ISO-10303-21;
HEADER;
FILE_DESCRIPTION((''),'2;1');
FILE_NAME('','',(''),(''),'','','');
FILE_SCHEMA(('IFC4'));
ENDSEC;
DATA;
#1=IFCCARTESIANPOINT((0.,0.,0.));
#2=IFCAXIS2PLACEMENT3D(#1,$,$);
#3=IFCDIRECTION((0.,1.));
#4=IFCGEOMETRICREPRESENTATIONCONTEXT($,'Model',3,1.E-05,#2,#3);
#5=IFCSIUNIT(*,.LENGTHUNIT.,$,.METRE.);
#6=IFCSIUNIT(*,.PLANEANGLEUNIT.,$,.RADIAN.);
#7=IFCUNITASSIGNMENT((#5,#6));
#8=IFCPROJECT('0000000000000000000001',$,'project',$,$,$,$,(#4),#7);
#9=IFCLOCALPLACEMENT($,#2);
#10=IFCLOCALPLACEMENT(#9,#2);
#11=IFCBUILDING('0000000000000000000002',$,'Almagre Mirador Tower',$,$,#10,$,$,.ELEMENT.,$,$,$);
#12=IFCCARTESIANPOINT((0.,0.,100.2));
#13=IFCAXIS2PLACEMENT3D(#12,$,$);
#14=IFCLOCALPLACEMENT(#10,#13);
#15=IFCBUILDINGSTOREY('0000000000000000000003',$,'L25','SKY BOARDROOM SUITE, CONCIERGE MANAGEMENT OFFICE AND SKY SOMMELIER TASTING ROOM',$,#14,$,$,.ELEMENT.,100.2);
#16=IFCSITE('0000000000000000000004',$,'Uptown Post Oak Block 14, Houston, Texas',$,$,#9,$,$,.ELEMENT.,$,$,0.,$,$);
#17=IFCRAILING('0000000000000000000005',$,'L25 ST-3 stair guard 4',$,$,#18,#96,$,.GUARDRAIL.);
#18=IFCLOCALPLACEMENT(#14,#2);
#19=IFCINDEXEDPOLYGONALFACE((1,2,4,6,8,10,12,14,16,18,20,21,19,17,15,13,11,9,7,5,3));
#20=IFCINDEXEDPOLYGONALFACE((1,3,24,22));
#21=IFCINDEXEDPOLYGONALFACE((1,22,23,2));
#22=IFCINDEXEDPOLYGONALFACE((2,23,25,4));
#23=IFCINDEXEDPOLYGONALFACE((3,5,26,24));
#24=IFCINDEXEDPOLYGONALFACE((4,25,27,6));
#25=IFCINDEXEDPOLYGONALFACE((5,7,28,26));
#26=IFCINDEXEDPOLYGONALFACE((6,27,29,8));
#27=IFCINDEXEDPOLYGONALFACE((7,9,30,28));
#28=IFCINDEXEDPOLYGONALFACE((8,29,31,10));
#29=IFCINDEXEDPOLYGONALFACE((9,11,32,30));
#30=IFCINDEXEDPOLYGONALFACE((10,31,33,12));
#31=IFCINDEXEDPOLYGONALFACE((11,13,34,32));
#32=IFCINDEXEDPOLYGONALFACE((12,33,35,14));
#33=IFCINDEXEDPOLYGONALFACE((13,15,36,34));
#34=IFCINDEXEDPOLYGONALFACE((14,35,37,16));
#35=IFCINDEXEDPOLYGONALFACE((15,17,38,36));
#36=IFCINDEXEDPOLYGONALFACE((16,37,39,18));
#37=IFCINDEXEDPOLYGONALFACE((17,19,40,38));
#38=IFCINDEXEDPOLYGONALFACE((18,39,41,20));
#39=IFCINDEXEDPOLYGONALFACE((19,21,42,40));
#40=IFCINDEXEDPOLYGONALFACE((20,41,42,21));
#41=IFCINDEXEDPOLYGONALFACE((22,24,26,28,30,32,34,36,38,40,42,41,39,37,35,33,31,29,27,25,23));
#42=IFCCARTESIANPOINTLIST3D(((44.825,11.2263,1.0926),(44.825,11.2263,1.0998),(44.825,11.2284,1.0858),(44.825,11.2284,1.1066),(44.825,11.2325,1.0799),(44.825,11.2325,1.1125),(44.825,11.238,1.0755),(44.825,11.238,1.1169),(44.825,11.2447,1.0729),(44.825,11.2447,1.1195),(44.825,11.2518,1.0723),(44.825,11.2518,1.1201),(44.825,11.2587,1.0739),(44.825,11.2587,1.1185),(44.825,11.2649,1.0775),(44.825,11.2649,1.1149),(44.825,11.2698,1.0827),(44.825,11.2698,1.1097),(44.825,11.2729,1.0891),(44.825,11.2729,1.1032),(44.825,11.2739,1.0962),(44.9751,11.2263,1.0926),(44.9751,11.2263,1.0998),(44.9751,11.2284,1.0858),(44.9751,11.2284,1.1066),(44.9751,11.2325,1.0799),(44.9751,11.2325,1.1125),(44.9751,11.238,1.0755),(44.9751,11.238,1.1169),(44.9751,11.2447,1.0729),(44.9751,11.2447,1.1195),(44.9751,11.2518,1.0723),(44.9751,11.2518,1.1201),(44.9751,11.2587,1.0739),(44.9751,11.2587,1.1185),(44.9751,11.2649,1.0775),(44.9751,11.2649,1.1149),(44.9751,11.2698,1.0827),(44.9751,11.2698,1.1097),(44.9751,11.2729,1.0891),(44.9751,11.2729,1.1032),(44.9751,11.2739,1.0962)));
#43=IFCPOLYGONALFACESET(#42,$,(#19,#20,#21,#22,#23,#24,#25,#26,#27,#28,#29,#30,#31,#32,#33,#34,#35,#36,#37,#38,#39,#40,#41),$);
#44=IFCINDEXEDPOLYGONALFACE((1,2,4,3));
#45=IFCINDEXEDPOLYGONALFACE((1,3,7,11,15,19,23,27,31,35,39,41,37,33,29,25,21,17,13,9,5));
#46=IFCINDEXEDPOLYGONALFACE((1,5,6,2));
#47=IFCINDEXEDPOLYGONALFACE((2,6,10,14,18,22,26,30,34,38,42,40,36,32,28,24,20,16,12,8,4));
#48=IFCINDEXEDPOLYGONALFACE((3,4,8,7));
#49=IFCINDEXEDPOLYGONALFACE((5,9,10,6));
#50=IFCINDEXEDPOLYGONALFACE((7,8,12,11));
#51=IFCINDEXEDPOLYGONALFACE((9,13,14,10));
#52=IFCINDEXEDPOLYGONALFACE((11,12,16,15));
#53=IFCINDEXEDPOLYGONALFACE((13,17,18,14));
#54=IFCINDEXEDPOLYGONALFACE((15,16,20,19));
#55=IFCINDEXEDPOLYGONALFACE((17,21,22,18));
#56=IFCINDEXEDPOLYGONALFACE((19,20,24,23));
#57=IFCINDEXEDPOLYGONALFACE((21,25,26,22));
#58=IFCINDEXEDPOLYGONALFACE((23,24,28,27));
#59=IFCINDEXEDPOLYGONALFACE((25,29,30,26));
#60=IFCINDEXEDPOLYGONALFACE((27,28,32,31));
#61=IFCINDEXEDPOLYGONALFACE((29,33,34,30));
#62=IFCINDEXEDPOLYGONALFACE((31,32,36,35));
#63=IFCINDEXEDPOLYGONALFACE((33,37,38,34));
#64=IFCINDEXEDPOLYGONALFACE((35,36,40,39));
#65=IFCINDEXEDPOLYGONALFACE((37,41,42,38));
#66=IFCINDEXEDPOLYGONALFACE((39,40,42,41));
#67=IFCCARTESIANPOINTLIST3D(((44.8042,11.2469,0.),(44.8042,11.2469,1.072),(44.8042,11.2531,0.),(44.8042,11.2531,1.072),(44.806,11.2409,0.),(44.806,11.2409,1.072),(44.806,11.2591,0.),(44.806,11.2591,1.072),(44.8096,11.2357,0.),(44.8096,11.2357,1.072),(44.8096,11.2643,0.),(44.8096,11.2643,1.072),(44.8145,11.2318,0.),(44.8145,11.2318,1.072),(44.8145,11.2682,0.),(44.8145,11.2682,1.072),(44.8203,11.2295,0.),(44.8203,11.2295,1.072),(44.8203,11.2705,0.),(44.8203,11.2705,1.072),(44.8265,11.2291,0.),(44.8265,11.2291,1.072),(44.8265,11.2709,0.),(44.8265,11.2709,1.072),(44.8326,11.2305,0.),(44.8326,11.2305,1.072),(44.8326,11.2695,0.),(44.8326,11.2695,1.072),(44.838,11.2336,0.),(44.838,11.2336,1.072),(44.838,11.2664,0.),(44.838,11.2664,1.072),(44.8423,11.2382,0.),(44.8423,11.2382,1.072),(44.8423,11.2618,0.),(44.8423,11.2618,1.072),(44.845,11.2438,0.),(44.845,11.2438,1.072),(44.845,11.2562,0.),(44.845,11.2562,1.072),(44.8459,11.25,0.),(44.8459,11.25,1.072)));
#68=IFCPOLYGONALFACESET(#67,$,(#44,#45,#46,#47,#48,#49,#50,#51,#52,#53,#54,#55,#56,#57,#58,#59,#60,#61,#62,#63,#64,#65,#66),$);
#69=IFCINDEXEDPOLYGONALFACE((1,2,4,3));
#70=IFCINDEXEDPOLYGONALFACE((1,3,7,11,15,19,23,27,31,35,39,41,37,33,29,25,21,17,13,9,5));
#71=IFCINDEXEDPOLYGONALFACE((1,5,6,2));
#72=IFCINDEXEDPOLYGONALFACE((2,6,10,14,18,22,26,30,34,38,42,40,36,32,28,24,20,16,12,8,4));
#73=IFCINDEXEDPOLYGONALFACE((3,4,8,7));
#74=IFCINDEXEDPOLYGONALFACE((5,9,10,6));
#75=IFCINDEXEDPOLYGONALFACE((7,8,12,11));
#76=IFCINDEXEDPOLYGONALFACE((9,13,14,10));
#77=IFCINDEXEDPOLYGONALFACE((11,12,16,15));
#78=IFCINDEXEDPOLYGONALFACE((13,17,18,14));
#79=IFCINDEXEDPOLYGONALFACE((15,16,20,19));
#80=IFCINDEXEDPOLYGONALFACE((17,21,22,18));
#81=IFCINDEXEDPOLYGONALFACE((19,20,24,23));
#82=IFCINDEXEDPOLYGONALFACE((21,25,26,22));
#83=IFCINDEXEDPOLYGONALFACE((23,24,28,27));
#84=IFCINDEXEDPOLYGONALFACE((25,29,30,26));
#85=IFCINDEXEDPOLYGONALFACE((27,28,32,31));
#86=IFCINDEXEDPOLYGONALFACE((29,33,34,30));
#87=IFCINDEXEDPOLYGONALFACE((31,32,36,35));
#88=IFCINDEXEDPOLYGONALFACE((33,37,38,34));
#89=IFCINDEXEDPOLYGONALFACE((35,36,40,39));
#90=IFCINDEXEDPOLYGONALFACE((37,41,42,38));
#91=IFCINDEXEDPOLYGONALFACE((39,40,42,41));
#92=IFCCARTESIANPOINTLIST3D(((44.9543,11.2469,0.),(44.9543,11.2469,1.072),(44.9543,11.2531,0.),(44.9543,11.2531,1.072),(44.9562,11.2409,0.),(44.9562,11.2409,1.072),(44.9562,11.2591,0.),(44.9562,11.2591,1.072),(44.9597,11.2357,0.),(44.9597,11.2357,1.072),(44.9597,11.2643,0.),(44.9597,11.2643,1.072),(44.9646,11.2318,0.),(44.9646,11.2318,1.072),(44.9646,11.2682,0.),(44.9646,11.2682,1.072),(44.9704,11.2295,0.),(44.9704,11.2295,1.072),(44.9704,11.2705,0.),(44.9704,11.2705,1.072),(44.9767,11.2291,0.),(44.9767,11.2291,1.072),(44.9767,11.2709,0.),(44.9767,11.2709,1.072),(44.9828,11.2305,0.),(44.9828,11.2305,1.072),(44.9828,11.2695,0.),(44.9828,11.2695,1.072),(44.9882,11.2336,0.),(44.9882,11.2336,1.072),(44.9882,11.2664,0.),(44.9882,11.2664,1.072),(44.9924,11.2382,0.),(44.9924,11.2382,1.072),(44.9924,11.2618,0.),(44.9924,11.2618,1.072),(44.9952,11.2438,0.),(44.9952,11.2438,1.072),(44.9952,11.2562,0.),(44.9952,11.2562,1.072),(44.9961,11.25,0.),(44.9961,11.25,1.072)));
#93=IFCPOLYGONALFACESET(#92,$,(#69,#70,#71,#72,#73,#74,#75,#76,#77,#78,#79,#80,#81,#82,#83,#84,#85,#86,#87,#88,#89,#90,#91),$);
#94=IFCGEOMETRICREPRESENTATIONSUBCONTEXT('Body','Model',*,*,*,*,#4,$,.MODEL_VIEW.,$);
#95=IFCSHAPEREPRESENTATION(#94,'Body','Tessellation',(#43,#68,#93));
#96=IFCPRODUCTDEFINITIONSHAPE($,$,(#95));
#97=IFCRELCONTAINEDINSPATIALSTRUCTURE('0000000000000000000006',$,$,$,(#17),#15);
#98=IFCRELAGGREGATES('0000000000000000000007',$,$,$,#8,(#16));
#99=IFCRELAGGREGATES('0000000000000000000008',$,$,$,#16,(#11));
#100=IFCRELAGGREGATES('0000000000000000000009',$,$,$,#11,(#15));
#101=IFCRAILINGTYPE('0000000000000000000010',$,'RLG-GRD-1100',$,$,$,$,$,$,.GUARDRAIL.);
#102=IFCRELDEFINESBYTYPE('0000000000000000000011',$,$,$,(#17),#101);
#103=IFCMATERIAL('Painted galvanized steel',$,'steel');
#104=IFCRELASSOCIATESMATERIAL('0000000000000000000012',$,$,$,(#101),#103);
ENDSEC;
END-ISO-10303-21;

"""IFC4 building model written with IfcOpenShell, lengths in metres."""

from ifc_helpers import new_model, si_unit, direction, frame, origin, origin_2d, place, context, subcontext, project, spatial, circle, extrude, material, type_object, element, save


model = new_model("IFC4")

# Units and contexts
model_context = context("Model", 3, precision=1e-05, world=origin(), true_north=direction((0.0, 1.0)))
body_context = subcontext(model_context, "Body", "Model", "MODEL_VIEW")
ifc_project = project(units=[si_unit("LENGTHUNIT", "METRE"), si_unit("PLANEANGLEUNIT", "RADIAN")], contexts=[model_context])

# Site, building, storey
site_placement = place(None, origin())
site = spatial("IfcSite", under=ifc_project, at=site_placement, Name="Uptown Post Oak Block 14, Houston, Texas", CompositionType="ELEMENT", RefElevation=0.0)
building_placement = place(site_placement, origin())
building = spatial("IfcBuilding", under=site, at=building_placement, Name="Almagre Mirador Tower", CompositionType="ELEMENT")
storey_placement = place(building_placement, frame((0.0, 0.0, 100.2)))
storey = spatial("IfcBuildingStorey", under=building, at=storey_placement, Name="L25", Description="SKY BOARDROOM SUITE, CONCIERGE MANAGEMENT OFFICE AND SKY SOMMELIER TASTING ROOM", CompositionType="ELEMENT", Elevation=100.2)

# Railing
ifc_material_1 = material(Name="Painted galvanized steel", Category="steel")
railing_type_1 = type_object("IfcRailingType", Name="RLG-GRD-1100", PredefinedType="GUARDRAIL", material=ifc_material_1)
railing_1_placement = place(storey_placement, frame((44.825, 11.25, 0.0)))
element("IfcRailing", 1, at=railing_1_placement, inside=storey, type_object=railing_type_1, Name="L25 ST-3 stair guard 4", PredefinedType="GUARDRAIL", context=body_context, shape_type="SweptSolid", body=[
    extrude(circle(Radius=0.0239, at=origin_2d()), frame((0.0, 0.0, 1.0962), z_axis=(1.0, 0.0, 0.0), x_axis=(0.0, 1.0, 0.0)), (0.0, 0.0, 1.0), 0.1501),
    extrude(circle(Radius=0.021, at=origin_2d()), origin(), (0.0, 0.0, 1.0), 1.072),
    extrude(circle(Radius=0.021, at=origin_2d()), frame((0.1501, 0.0, 0.0)), (0.0, 0.0, 1.0), 1.072),
])

save(model, "model.ifc")
